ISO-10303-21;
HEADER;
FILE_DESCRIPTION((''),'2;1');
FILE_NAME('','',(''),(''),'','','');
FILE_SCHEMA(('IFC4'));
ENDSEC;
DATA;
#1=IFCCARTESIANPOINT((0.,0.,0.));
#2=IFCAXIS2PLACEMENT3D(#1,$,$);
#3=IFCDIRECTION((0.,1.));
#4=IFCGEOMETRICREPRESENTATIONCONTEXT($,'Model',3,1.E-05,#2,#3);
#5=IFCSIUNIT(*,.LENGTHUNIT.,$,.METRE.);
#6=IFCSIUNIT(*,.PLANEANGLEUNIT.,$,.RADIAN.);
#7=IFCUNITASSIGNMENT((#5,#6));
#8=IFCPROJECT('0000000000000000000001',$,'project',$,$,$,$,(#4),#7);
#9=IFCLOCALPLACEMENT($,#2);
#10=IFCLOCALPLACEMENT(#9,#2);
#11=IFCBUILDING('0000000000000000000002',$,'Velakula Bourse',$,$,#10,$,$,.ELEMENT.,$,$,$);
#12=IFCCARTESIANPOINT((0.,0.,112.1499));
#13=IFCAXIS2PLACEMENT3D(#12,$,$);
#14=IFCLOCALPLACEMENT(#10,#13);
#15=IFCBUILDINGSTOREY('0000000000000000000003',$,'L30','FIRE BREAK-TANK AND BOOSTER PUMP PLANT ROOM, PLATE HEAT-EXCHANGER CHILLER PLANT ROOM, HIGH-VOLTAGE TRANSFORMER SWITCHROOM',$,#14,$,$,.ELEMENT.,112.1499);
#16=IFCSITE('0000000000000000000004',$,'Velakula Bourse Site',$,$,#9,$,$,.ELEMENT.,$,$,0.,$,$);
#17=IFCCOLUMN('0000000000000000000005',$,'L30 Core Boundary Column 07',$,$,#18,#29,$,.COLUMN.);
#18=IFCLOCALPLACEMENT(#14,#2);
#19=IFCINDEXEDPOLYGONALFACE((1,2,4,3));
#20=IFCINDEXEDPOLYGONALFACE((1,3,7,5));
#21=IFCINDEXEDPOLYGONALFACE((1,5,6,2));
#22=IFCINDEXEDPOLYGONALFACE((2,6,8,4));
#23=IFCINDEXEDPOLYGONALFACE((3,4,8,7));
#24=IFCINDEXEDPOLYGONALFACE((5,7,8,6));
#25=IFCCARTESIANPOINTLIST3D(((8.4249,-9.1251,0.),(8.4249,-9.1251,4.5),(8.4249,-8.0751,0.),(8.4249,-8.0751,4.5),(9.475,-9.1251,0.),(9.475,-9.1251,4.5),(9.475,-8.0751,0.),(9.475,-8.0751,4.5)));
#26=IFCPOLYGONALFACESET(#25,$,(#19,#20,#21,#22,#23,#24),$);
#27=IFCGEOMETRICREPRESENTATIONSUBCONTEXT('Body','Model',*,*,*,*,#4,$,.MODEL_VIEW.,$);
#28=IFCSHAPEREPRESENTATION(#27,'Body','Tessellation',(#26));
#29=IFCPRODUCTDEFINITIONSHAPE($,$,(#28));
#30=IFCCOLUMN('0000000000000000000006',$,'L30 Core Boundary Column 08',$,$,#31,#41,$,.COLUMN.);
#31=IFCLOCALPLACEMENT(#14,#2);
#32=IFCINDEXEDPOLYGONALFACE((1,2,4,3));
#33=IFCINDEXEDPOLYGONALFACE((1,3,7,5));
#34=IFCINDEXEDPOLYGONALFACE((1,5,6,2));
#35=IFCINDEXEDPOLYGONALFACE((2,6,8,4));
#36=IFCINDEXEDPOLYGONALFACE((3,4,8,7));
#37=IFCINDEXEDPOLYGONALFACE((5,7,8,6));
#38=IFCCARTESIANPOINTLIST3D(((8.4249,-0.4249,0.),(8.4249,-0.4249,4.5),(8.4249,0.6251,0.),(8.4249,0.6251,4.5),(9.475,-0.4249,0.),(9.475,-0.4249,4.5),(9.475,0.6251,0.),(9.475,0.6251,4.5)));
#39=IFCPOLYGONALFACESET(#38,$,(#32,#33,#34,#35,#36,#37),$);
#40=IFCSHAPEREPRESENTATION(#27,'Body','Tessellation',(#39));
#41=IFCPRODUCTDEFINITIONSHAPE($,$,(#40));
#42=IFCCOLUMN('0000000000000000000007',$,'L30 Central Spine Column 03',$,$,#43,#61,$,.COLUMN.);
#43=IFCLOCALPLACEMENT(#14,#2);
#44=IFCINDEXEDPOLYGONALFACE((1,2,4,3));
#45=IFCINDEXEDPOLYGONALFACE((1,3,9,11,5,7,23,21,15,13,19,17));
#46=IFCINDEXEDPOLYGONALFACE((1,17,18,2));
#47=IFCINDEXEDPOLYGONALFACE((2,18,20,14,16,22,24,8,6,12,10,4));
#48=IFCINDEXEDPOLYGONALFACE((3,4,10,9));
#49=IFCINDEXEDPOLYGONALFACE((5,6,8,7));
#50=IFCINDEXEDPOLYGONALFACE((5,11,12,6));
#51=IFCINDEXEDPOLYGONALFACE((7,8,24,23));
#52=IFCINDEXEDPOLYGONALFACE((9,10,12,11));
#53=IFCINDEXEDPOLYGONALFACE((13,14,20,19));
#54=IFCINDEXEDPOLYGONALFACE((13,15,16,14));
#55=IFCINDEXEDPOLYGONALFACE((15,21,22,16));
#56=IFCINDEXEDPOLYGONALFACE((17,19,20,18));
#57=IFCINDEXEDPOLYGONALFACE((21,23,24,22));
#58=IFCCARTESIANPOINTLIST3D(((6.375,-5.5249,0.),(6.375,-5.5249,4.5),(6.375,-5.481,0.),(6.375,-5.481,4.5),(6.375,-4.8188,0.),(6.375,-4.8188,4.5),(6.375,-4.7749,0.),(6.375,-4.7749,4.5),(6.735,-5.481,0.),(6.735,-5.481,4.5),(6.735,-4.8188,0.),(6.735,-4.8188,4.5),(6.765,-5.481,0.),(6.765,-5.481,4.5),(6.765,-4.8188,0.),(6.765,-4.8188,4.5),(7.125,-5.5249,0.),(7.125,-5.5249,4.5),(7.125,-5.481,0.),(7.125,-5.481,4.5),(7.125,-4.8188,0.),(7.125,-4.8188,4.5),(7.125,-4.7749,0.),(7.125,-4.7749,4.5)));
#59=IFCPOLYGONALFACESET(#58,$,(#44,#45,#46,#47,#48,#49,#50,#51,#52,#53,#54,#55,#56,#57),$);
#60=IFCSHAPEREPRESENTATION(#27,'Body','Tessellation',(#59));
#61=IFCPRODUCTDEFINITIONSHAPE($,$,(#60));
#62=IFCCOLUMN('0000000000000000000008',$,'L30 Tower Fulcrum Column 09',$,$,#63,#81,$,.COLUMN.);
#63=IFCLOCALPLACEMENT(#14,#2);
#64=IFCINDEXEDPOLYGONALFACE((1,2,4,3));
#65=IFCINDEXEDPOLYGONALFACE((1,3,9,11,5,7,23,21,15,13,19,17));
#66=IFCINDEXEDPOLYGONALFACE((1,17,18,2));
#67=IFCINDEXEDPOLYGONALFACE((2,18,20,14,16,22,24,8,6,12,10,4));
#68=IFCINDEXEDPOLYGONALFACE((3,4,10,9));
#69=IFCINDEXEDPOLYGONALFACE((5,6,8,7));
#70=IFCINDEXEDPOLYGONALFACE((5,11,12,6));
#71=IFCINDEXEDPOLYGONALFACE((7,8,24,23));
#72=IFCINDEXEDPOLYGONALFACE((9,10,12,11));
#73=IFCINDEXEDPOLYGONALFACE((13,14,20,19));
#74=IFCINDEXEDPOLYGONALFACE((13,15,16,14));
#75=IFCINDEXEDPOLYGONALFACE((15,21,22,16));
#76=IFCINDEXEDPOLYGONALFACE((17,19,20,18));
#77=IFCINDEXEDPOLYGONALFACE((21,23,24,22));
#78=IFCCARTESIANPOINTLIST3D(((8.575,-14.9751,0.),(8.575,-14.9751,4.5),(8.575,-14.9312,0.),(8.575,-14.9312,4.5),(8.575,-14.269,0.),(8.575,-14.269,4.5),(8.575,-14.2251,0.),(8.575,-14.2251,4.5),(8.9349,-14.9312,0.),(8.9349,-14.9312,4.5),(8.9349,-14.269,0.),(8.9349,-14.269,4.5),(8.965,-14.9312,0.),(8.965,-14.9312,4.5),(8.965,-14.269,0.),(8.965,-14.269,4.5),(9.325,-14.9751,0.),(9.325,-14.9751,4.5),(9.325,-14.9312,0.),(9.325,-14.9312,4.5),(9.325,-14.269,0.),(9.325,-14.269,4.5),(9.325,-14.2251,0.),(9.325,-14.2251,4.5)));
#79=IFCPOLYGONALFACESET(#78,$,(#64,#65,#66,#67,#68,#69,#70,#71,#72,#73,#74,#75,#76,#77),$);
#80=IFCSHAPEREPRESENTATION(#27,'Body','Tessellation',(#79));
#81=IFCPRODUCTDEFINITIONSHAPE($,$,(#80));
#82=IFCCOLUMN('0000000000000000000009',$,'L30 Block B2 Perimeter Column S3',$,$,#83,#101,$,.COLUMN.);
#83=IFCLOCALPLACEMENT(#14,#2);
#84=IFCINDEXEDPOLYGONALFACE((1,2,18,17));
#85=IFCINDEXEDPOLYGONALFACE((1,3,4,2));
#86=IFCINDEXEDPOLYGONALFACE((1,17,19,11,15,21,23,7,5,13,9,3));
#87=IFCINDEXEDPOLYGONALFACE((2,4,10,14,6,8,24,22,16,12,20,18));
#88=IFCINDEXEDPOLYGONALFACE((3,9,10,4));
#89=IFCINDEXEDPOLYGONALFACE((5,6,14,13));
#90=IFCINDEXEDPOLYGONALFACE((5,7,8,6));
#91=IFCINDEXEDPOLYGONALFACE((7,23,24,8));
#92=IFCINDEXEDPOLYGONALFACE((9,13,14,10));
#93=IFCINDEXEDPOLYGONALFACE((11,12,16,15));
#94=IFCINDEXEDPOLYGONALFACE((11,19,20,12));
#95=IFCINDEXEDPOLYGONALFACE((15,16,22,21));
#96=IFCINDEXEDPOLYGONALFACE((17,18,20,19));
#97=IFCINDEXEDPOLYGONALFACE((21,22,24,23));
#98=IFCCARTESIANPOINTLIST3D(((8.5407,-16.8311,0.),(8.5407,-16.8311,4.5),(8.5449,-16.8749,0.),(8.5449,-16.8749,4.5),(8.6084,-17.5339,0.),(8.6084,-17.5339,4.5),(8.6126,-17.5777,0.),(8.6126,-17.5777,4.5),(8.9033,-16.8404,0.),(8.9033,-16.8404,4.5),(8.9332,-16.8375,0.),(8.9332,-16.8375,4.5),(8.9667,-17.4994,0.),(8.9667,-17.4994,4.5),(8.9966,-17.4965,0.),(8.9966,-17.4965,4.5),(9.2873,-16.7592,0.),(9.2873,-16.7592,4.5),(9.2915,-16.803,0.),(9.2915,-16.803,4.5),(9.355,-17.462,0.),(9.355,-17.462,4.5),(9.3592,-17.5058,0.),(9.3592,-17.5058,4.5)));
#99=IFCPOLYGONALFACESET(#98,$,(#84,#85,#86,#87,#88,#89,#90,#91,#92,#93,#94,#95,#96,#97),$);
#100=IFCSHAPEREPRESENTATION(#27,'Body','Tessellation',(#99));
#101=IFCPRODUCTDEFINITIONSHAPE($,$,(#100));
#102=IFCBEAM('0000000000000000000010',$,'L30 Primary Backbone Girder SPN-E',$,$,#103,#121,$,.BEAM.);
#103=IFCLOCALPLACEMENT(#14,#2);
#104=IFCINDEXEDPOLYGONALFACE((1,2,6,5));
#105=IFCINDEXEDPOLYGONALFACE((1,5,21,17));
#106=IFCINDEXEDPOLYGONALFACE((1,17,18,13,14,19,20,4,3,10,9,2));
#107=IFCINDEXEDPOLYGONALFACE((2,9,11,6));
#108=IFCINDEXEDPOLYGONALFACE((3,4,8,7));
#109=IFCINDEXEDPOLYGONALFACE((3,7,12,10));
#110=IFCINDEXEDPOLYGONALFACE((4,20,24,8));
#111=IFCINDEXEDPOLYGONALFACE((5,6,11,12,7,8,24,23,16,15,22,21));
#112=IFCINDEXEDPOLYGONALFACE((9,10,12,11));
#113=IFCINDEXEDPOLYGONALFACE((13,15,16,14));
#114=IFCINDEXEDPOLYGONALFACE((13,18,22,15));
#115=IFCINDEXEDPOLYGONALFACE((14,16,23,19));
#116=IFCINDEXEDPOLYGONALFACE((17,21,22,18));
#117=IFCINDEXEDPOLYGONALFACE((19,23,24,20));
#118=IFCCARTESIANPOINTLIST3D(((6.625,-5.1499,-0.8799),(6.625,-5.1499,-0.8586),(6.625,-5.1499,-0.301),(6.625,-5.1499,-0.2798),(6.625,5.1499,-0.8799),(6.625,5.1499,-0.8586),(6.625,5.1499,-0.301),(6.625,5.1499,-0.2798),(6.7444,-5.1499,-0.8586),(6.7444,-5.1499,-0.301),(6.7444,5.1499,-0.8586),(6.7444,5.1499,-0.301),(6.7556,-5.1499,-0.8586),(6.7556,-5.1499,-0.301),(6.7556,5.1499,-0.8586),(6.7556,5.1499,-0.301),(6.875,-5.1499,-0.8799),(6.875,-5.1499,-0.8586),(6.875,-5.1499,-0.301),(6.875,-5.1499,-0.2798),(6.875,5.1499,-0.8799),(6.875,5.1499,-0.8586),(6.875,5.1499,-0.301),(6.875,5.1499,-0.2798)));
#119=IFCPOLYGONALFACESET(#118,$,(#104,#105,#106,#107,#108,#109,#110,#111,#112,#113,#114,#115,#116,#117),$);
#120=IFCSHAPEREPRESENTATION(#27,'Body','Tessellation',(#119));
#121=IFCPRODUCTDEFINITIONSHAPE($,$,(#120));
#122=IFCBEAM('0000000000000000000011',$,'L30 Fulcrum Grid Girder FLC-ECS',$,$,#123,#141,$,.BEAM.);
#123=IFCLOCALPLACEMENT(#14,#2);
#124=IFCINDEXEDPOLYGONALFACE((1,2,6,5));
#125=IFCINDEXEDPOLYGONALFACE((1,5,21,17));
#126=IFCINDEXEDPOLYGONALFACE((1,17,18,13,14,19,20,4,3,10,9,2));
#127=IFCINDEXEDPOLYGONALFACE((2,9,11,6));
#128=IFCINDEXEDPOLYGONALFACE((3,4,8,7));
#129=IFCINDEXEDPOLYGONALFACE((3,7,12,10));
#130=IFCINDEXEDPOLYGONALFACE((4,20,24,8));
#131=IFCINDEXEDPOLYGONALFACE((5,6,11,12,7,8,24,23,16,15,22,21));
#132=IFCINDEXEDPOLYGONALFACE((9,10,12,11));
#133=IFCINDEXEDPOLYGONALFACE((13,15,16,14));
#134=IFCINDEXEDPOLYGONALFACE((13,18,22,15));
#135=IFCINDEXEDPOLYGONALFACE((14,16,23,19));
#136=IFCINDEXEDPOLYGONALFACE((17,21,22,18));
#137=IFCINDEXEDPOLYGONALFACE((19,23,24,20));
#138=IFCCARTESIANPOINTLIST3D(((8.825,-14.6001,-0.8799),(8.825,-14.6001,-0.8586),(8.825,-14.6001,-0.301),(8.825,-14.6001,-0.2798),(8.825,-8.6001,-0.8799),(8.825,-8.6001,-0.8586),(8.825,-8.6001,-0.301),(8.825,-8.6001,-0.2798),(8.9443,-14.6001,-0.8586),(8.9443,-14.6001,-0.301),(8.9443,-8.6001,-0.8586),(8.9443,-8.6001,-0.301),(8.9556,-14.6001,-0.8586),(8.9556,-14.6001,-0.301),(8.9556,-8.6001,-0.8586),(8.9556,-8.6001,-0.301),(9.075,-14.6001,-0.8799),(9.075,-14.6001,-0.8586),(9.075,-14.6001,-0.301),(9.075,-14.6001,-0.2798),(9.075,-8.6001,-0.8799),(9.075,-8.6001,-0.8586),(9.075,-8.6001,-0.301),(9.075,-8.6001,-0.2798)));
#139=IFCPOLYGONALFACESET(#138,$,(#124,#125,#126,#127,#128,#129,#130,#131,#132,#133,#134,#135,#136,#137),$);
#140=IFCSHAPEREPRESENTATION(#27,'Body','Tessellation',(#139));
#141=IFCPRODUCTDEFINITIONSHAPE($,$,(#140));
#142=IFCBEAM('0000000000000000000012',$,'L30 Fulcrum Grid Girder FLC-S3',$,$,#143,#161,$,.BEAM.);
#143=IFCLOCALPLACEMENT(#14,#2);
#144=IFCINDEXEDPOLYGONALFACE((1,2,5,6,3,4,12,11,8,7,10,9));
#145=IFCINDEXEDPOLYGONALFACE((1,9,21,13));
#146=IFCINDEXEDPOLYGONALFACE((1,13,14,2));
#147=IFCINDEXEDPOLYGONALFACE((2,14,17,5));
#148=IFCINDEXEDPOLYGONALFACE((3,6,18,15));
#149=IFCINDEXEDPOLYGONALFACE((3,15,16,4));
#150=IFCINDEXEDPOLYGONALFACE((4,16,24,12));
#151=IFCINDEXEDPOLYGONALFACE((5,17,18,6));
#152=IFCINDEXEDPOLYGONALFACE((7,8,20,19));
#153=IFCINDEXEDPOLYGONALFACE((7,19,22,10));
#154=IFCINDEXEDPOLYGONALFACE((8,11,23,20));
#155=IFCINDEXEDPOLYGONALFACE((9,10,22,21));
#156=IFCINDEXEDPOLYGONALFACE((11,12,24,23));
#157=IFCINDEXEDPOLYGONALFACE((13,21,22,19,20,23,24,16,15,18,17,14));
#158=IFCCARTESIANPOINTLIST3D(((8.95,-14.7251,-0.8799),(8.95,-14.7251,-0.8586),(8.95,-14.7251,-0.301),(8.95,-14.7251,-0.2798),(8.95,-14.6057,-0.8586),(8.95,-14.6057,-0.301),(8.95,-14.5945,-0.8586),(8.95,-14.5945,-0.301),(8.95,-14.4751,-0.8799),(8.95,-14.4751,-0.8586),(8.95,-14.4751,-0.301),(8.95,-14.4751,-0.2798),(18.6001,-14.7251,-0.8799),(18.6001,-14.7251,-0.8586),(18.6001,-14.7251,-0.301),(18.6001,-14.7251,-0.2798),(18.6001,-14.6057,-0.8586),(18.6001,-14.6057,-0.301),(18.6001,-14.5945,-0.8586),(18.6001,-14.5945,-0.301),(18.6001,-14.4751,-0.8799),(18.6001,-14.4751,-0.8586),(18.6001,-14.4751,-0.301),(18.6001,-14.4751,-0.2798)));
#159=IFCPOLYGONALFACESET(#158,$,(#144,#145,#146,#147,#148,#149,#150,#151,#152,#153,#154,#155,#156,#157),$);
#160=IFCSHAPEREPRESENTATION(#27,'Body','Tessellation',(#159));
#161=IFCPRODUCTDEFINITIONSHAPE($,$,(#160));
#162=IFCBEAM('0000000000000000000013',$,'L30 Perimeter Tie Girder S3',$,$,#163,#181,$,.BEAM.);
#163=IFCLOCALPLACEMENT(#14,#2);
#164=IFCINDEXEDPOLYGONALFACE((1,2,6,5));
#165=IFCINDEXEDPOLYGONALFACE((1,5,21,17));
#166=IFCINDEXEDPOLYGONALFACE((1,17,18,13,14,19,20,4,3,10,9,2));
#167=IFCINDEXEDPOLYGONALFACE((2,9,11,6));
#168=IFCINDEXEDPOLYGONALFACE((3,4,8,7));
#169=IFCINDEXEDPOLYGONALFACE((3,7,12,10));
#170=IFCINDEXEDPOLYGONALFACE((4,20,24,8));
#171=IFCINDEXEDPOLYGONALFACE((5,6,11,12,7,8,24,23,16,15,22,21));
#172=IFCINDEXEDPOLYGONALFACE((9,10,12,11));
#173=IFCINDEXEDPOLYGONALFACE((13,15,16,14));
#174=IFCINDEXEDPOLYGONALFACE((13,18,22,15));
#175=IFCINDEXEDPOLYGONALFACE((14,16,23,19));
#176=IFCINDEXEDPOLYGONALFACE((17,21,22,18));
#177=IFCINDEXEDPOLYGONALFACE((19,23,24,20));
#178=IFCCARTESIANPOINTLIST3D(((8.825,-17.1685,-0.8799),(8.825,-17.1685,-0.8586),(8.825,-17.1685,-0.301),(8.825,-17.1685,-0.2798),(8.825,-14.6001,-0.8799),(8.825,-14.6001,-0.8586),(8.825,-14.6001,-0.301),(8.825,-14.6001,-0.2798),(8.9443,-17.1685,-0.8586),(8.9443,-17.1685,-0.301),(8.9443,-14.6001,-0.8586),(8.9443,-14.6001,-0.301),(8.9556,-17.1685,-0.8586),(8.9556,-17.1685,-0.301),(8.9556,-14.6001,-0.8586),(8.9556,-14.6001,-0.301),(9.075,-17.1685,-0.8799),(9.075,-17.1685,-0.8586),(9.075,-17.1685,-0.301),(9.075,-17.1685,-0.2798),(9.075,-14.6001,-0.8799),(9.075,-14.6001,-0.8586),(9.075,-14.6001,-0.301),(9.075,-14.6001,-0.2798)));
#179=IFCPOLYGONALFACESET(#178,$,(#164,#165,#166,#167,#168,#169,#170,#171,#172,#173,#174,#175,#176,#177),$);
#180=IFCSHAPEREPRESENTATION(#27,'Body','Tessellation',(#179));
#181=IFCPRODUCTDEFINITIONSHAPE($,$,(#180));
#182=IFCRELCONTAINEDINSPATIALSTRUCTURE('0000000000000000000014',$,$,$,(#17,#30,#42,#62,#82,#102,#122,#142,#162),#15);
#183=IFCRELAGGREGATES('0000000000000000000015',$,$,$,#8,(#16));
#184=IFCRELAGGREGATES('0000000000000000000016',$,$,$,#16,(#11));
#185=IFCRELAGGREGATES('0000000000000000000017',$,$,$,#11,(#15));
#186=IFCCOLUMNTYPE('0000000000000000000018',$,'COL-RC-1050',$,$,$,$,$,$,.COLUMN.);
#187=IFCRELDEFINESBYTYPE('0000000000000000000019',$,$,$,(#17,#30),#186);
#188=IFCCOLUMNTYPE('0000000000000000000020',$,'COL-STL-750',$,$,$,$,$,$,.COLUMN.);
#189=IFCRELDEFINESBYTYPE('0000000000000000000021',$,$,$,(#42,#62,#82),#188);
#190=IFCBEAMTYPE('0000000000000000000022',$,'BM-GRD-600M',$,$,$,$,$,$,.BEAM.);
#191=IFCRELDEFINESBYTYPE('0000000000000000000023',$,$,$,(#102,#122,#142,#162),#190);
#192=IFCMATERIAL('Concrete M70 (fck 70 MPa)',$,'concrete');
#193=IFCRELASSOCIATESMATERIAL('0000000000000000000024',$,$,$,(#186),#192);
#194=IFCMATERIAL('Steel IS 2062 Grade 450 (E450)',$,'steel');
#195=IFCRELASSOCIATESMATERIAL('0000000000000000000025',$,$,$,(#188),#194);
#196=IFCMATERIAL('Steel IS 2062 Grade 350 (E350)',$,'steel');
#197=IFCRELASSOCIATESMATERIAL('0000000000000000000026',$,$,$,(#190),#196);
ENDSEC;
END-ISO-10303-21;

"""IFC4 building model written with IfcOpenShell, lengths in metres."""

from ifc_helpers import new_model, si_unit, direction, frame, origin, origin_2d, place, context, subcontext, project, spatial, rectangle, i_section, extrude, material, material_profile, profile_set, type_object, element, save


model = new_model("IFC4")

# Units and contexts
model_context = context("Model", 3, precision=1e-05, world=origin(), true_north=direction((0.0, 1.0)))
body_context = subcontext(model_context, "Body", "Model", "MODEL_VIEW")
ifc_project = project(units=[si_unit("LENGTHUNIT", "METRE"), si_unit("PLANEANGLEUNIT", "RADIAN")], contexts=[model_context])

# Site, building, storey
site_placement = place(None, origin())
site = spatial("IfcSite", under=ifc_project, at=site_placement, Name="Velakula Bourse Site", CompositionType="ELEMENT", RefElevation=0.0)
building_placement = place(site_placement, origin())
building = spatial("IfcBuilding", under=site, at=building_placement, Name="Velakula Bourse", CompositionType="ELEMENT")
storey_placement = place(building_placement, frame((0.0, 0.0, 112.1499)))
storey = spatial("IfcBuildingStorey", under=building, at=storey_placement, Name="L30", Description="FIRE BREAK-TANK AND BOOSTER PUMP PLANT ROOM, PLATE HEAT-EXCHANGER CHILLER PLANT ROOM, HIGH-VOLTAGE TRANSFORMER SWITCHROOM", CompositionType="ELEMENT", Elevation=112.1499)

# Columns
ifc_material_1 = material(Name="Concrete M70 (fck 70 MPa)", Category="concrete")
ifc_material_profile_1 = material_profile(ifc_material_1, rectangle(XDim=1.05, YDim=1.05, at=origin_2d()), Name="Concrete M70 (fck 70 MPa)")
ifc_profile_set_1 = profile_set([ifc_material_profile_1], Name="Concrete M70 (fck 70 MPa)")
column_type_1 = type_object("IfcColumnType", Name="COL-RC-1050", PredefinedType="COLUMN", material=ifc_profile_set_1)
for number, where, z_axis, x_axis, name in (
    (1, (8.95, -8.6001, 0.0), (0.0, 0.0, 1.0), (1.0, 0.0, 0.0), "L30 Core Boundary Column 07"),
    (2, (8.95, 0.1001, 0.0), (0.0, 0.0, 1.0), (1.0, 0.0, 0.0), "L30 Core Boundary Column 08"),
):
    element("IfcColumn", number, at=place(storey_placement, frame(where, z_axis=z_axis, x_axis=x_axis)), inside=storey, type_object=column_type_1, Name=name, PredefinedType="COLUMN", context=body_context, shape_type="SweptSolid", body=[
        extrude(rectangle(XDim=1.05, YDim=1.05, at=origin_2d()), origin(), (0.0, 0.0, 1.0), 4.5),
    ])
ifc_material_2 = material(Name="Steel IS 2062 Grade 450 (E450)", Category="steel")
ifc_material_profile_2 = material_profile(ifc_material_2, i_section(OverallWidth=0.75, OverallDepth=0.75, WebThickness=0.03, FlangeThickness=0.0439, at=origin_2d()), Name="Steel IS 2062 Grade 450 (E450)")
ifc_profile_set_2 = profile_set([ifc_material_profile_2], Name="Steel IS 2062 Grade 450 (E450)")
column_type_2 = type_object("IfcColumnType", Name="COL-STL-750", PredefinedType="COLUMN", material=ifc_profile_set_2)
for number, where, z_axis, x_axis, name in (
    (3, (6.75, -5.1499, 0.0), (0.0, 0.0, 1.0), (1.0, 0.0, 0.0), "L30 Central Spine Column 03"),
    (4, (8.95, -14.6001, 0.0), (0.0, 0.0, 1.0), (1.0, 0.0, 0.0), "L30 Tower Fulcrum Column 09"),
    (5, (8.95, -17.1685, 0.0), (0.0, 0.0, 1.0), (0.995396, 0.095846, 0.0), "L30 Block B2 Perimeter Column S3"),
):
    element("IfcColumn", number, at=place(storey_placement, frame(where, z_axis=z_axis, x_axis=x_axis)), inside=storey, type_object=column_type_2, Name=name, PredefinedType="COLUMN", context=body_context, shape_type="SweptSolid", body=[
        extrude(i_section(OverallWidth=0.75, OverallDepth=0.75, WebThickness=0.03, FlangeThickness=0.0439, at=origin_2d()), origin(), (0.0, 0.0, 1.0), 4.5),
    ])

# Beams
ifc_material_3 = material(Name="Steel IS 2062 Grade 350 (E350)", Category="steel")
ifc_material_profile_3 = material_profile(ifc_material_3, i_section(OverallWidth=0.25, OverallDepth=0.6001, WebThickness=0.0112, FlangeThickness=0.0212, at=origin_2d()), Name="Steel IS 2062 Grade 350 (E350)")
ifc_profile_set_3 = profile_set([ifc_material_profile_3], Name="Steel IS 2062 Grade 350 (E350)")
beam_type_1 = type_object("IfcBeamType", Name="BM-GRD-600M", PredefinedType="BEAM", material=ifc_profile_set_3)
beam_1_placement = place(storey_placement, frame((6.75, -5.1499, -0.5798), z_axis=(0.0, 1.0, 0.0), x_axis=(-1.0, 0.0, 0.0)))
element("IfcBeam", 6, at=beam_1_placement, inside=storey, type_object=beam_type_1, Name="L30 Primary Backbone Girder SPN-E", PredefinedType="BEAM", context=body_context, shape_type="SweptSolid", body=[
    extrude(i_section(OverallWidth=0.25, OverallDepth=0.6001, WebThickness=0.0112, FlangeThickness=0.0212, at=origin_2d()), origin(), (0.0, 0.0, 1.0), 10.2998),
])
beam_2_placement = place(storey_placement, frame((8.95, -14.6001, -0.5798), z_axis=(0.0, 1.0, 0.0), x_axis=(-1.0, 0.0, 0.0)))
element("IfcBeam", 7, at=beam_2_placement, inside=storey, type_object=beam_type_1, Name="L30 Fulcrum Grid Girder FLC-ECS", PredefinedType="BEAM", context=body_context, shape_type="SweptSolid", body=[
    extrude(i_section(OverallWidth=0.25, OverallDepth=0.6001, WebThickness=0.0112, FlangeThickness=0.0212, at=origin_2d()), origin(), (0.0, 0.0, 1.0), 6.0),
])
beam_3_placement = place(storey_placement, frame((8.95, -14.6001, -0.5798), z_axis=(1.0, 0.0, 0.0), x_axis=(0.0, 1.0, 0.0)))
element("IfcBeam", 8, at=beam_3_placement, inside=storey, type_object=beam_type_1, Name="L30 Fulcrum Grid Girder FLC-S3", PredefinedType="BEAM", context=body_context, shape_type="SweptSolid", body=[
    extrude(i_section(OverallWidth=0.25, OverallDepth=0.6001, WebThickness=0.0112, FlangeThickness=0.0212, at=origin_2d()), origin(), (0.0, 0.0, 1.0), 9.6501),
])
beam_4_placement = place(storey_placement, frame((8.95, -14.6001, -0.5798), z_axis=(0.0, -1.0, 0.0), x_axis=(1.0, 0.0, 0.0)))
element("IfcBeam", 9, at=beam_4_placement, inside=storey, type_object=beam_type_1, Name="L30 Perimeter Tie Girder S3", PredefinedType="BEAM", context=body_context, shape_type="SweptSolid", body=[
    extrude(i_section(OverallWidth=0.25, OverallDepth=0.6001, WebThickness=0.0112, FlangeThickness=0.0212, at=origin_2d()), origin(), (0.0, 0.0, 1.0), 2.5684),
])

save(model, "model.ifc")
